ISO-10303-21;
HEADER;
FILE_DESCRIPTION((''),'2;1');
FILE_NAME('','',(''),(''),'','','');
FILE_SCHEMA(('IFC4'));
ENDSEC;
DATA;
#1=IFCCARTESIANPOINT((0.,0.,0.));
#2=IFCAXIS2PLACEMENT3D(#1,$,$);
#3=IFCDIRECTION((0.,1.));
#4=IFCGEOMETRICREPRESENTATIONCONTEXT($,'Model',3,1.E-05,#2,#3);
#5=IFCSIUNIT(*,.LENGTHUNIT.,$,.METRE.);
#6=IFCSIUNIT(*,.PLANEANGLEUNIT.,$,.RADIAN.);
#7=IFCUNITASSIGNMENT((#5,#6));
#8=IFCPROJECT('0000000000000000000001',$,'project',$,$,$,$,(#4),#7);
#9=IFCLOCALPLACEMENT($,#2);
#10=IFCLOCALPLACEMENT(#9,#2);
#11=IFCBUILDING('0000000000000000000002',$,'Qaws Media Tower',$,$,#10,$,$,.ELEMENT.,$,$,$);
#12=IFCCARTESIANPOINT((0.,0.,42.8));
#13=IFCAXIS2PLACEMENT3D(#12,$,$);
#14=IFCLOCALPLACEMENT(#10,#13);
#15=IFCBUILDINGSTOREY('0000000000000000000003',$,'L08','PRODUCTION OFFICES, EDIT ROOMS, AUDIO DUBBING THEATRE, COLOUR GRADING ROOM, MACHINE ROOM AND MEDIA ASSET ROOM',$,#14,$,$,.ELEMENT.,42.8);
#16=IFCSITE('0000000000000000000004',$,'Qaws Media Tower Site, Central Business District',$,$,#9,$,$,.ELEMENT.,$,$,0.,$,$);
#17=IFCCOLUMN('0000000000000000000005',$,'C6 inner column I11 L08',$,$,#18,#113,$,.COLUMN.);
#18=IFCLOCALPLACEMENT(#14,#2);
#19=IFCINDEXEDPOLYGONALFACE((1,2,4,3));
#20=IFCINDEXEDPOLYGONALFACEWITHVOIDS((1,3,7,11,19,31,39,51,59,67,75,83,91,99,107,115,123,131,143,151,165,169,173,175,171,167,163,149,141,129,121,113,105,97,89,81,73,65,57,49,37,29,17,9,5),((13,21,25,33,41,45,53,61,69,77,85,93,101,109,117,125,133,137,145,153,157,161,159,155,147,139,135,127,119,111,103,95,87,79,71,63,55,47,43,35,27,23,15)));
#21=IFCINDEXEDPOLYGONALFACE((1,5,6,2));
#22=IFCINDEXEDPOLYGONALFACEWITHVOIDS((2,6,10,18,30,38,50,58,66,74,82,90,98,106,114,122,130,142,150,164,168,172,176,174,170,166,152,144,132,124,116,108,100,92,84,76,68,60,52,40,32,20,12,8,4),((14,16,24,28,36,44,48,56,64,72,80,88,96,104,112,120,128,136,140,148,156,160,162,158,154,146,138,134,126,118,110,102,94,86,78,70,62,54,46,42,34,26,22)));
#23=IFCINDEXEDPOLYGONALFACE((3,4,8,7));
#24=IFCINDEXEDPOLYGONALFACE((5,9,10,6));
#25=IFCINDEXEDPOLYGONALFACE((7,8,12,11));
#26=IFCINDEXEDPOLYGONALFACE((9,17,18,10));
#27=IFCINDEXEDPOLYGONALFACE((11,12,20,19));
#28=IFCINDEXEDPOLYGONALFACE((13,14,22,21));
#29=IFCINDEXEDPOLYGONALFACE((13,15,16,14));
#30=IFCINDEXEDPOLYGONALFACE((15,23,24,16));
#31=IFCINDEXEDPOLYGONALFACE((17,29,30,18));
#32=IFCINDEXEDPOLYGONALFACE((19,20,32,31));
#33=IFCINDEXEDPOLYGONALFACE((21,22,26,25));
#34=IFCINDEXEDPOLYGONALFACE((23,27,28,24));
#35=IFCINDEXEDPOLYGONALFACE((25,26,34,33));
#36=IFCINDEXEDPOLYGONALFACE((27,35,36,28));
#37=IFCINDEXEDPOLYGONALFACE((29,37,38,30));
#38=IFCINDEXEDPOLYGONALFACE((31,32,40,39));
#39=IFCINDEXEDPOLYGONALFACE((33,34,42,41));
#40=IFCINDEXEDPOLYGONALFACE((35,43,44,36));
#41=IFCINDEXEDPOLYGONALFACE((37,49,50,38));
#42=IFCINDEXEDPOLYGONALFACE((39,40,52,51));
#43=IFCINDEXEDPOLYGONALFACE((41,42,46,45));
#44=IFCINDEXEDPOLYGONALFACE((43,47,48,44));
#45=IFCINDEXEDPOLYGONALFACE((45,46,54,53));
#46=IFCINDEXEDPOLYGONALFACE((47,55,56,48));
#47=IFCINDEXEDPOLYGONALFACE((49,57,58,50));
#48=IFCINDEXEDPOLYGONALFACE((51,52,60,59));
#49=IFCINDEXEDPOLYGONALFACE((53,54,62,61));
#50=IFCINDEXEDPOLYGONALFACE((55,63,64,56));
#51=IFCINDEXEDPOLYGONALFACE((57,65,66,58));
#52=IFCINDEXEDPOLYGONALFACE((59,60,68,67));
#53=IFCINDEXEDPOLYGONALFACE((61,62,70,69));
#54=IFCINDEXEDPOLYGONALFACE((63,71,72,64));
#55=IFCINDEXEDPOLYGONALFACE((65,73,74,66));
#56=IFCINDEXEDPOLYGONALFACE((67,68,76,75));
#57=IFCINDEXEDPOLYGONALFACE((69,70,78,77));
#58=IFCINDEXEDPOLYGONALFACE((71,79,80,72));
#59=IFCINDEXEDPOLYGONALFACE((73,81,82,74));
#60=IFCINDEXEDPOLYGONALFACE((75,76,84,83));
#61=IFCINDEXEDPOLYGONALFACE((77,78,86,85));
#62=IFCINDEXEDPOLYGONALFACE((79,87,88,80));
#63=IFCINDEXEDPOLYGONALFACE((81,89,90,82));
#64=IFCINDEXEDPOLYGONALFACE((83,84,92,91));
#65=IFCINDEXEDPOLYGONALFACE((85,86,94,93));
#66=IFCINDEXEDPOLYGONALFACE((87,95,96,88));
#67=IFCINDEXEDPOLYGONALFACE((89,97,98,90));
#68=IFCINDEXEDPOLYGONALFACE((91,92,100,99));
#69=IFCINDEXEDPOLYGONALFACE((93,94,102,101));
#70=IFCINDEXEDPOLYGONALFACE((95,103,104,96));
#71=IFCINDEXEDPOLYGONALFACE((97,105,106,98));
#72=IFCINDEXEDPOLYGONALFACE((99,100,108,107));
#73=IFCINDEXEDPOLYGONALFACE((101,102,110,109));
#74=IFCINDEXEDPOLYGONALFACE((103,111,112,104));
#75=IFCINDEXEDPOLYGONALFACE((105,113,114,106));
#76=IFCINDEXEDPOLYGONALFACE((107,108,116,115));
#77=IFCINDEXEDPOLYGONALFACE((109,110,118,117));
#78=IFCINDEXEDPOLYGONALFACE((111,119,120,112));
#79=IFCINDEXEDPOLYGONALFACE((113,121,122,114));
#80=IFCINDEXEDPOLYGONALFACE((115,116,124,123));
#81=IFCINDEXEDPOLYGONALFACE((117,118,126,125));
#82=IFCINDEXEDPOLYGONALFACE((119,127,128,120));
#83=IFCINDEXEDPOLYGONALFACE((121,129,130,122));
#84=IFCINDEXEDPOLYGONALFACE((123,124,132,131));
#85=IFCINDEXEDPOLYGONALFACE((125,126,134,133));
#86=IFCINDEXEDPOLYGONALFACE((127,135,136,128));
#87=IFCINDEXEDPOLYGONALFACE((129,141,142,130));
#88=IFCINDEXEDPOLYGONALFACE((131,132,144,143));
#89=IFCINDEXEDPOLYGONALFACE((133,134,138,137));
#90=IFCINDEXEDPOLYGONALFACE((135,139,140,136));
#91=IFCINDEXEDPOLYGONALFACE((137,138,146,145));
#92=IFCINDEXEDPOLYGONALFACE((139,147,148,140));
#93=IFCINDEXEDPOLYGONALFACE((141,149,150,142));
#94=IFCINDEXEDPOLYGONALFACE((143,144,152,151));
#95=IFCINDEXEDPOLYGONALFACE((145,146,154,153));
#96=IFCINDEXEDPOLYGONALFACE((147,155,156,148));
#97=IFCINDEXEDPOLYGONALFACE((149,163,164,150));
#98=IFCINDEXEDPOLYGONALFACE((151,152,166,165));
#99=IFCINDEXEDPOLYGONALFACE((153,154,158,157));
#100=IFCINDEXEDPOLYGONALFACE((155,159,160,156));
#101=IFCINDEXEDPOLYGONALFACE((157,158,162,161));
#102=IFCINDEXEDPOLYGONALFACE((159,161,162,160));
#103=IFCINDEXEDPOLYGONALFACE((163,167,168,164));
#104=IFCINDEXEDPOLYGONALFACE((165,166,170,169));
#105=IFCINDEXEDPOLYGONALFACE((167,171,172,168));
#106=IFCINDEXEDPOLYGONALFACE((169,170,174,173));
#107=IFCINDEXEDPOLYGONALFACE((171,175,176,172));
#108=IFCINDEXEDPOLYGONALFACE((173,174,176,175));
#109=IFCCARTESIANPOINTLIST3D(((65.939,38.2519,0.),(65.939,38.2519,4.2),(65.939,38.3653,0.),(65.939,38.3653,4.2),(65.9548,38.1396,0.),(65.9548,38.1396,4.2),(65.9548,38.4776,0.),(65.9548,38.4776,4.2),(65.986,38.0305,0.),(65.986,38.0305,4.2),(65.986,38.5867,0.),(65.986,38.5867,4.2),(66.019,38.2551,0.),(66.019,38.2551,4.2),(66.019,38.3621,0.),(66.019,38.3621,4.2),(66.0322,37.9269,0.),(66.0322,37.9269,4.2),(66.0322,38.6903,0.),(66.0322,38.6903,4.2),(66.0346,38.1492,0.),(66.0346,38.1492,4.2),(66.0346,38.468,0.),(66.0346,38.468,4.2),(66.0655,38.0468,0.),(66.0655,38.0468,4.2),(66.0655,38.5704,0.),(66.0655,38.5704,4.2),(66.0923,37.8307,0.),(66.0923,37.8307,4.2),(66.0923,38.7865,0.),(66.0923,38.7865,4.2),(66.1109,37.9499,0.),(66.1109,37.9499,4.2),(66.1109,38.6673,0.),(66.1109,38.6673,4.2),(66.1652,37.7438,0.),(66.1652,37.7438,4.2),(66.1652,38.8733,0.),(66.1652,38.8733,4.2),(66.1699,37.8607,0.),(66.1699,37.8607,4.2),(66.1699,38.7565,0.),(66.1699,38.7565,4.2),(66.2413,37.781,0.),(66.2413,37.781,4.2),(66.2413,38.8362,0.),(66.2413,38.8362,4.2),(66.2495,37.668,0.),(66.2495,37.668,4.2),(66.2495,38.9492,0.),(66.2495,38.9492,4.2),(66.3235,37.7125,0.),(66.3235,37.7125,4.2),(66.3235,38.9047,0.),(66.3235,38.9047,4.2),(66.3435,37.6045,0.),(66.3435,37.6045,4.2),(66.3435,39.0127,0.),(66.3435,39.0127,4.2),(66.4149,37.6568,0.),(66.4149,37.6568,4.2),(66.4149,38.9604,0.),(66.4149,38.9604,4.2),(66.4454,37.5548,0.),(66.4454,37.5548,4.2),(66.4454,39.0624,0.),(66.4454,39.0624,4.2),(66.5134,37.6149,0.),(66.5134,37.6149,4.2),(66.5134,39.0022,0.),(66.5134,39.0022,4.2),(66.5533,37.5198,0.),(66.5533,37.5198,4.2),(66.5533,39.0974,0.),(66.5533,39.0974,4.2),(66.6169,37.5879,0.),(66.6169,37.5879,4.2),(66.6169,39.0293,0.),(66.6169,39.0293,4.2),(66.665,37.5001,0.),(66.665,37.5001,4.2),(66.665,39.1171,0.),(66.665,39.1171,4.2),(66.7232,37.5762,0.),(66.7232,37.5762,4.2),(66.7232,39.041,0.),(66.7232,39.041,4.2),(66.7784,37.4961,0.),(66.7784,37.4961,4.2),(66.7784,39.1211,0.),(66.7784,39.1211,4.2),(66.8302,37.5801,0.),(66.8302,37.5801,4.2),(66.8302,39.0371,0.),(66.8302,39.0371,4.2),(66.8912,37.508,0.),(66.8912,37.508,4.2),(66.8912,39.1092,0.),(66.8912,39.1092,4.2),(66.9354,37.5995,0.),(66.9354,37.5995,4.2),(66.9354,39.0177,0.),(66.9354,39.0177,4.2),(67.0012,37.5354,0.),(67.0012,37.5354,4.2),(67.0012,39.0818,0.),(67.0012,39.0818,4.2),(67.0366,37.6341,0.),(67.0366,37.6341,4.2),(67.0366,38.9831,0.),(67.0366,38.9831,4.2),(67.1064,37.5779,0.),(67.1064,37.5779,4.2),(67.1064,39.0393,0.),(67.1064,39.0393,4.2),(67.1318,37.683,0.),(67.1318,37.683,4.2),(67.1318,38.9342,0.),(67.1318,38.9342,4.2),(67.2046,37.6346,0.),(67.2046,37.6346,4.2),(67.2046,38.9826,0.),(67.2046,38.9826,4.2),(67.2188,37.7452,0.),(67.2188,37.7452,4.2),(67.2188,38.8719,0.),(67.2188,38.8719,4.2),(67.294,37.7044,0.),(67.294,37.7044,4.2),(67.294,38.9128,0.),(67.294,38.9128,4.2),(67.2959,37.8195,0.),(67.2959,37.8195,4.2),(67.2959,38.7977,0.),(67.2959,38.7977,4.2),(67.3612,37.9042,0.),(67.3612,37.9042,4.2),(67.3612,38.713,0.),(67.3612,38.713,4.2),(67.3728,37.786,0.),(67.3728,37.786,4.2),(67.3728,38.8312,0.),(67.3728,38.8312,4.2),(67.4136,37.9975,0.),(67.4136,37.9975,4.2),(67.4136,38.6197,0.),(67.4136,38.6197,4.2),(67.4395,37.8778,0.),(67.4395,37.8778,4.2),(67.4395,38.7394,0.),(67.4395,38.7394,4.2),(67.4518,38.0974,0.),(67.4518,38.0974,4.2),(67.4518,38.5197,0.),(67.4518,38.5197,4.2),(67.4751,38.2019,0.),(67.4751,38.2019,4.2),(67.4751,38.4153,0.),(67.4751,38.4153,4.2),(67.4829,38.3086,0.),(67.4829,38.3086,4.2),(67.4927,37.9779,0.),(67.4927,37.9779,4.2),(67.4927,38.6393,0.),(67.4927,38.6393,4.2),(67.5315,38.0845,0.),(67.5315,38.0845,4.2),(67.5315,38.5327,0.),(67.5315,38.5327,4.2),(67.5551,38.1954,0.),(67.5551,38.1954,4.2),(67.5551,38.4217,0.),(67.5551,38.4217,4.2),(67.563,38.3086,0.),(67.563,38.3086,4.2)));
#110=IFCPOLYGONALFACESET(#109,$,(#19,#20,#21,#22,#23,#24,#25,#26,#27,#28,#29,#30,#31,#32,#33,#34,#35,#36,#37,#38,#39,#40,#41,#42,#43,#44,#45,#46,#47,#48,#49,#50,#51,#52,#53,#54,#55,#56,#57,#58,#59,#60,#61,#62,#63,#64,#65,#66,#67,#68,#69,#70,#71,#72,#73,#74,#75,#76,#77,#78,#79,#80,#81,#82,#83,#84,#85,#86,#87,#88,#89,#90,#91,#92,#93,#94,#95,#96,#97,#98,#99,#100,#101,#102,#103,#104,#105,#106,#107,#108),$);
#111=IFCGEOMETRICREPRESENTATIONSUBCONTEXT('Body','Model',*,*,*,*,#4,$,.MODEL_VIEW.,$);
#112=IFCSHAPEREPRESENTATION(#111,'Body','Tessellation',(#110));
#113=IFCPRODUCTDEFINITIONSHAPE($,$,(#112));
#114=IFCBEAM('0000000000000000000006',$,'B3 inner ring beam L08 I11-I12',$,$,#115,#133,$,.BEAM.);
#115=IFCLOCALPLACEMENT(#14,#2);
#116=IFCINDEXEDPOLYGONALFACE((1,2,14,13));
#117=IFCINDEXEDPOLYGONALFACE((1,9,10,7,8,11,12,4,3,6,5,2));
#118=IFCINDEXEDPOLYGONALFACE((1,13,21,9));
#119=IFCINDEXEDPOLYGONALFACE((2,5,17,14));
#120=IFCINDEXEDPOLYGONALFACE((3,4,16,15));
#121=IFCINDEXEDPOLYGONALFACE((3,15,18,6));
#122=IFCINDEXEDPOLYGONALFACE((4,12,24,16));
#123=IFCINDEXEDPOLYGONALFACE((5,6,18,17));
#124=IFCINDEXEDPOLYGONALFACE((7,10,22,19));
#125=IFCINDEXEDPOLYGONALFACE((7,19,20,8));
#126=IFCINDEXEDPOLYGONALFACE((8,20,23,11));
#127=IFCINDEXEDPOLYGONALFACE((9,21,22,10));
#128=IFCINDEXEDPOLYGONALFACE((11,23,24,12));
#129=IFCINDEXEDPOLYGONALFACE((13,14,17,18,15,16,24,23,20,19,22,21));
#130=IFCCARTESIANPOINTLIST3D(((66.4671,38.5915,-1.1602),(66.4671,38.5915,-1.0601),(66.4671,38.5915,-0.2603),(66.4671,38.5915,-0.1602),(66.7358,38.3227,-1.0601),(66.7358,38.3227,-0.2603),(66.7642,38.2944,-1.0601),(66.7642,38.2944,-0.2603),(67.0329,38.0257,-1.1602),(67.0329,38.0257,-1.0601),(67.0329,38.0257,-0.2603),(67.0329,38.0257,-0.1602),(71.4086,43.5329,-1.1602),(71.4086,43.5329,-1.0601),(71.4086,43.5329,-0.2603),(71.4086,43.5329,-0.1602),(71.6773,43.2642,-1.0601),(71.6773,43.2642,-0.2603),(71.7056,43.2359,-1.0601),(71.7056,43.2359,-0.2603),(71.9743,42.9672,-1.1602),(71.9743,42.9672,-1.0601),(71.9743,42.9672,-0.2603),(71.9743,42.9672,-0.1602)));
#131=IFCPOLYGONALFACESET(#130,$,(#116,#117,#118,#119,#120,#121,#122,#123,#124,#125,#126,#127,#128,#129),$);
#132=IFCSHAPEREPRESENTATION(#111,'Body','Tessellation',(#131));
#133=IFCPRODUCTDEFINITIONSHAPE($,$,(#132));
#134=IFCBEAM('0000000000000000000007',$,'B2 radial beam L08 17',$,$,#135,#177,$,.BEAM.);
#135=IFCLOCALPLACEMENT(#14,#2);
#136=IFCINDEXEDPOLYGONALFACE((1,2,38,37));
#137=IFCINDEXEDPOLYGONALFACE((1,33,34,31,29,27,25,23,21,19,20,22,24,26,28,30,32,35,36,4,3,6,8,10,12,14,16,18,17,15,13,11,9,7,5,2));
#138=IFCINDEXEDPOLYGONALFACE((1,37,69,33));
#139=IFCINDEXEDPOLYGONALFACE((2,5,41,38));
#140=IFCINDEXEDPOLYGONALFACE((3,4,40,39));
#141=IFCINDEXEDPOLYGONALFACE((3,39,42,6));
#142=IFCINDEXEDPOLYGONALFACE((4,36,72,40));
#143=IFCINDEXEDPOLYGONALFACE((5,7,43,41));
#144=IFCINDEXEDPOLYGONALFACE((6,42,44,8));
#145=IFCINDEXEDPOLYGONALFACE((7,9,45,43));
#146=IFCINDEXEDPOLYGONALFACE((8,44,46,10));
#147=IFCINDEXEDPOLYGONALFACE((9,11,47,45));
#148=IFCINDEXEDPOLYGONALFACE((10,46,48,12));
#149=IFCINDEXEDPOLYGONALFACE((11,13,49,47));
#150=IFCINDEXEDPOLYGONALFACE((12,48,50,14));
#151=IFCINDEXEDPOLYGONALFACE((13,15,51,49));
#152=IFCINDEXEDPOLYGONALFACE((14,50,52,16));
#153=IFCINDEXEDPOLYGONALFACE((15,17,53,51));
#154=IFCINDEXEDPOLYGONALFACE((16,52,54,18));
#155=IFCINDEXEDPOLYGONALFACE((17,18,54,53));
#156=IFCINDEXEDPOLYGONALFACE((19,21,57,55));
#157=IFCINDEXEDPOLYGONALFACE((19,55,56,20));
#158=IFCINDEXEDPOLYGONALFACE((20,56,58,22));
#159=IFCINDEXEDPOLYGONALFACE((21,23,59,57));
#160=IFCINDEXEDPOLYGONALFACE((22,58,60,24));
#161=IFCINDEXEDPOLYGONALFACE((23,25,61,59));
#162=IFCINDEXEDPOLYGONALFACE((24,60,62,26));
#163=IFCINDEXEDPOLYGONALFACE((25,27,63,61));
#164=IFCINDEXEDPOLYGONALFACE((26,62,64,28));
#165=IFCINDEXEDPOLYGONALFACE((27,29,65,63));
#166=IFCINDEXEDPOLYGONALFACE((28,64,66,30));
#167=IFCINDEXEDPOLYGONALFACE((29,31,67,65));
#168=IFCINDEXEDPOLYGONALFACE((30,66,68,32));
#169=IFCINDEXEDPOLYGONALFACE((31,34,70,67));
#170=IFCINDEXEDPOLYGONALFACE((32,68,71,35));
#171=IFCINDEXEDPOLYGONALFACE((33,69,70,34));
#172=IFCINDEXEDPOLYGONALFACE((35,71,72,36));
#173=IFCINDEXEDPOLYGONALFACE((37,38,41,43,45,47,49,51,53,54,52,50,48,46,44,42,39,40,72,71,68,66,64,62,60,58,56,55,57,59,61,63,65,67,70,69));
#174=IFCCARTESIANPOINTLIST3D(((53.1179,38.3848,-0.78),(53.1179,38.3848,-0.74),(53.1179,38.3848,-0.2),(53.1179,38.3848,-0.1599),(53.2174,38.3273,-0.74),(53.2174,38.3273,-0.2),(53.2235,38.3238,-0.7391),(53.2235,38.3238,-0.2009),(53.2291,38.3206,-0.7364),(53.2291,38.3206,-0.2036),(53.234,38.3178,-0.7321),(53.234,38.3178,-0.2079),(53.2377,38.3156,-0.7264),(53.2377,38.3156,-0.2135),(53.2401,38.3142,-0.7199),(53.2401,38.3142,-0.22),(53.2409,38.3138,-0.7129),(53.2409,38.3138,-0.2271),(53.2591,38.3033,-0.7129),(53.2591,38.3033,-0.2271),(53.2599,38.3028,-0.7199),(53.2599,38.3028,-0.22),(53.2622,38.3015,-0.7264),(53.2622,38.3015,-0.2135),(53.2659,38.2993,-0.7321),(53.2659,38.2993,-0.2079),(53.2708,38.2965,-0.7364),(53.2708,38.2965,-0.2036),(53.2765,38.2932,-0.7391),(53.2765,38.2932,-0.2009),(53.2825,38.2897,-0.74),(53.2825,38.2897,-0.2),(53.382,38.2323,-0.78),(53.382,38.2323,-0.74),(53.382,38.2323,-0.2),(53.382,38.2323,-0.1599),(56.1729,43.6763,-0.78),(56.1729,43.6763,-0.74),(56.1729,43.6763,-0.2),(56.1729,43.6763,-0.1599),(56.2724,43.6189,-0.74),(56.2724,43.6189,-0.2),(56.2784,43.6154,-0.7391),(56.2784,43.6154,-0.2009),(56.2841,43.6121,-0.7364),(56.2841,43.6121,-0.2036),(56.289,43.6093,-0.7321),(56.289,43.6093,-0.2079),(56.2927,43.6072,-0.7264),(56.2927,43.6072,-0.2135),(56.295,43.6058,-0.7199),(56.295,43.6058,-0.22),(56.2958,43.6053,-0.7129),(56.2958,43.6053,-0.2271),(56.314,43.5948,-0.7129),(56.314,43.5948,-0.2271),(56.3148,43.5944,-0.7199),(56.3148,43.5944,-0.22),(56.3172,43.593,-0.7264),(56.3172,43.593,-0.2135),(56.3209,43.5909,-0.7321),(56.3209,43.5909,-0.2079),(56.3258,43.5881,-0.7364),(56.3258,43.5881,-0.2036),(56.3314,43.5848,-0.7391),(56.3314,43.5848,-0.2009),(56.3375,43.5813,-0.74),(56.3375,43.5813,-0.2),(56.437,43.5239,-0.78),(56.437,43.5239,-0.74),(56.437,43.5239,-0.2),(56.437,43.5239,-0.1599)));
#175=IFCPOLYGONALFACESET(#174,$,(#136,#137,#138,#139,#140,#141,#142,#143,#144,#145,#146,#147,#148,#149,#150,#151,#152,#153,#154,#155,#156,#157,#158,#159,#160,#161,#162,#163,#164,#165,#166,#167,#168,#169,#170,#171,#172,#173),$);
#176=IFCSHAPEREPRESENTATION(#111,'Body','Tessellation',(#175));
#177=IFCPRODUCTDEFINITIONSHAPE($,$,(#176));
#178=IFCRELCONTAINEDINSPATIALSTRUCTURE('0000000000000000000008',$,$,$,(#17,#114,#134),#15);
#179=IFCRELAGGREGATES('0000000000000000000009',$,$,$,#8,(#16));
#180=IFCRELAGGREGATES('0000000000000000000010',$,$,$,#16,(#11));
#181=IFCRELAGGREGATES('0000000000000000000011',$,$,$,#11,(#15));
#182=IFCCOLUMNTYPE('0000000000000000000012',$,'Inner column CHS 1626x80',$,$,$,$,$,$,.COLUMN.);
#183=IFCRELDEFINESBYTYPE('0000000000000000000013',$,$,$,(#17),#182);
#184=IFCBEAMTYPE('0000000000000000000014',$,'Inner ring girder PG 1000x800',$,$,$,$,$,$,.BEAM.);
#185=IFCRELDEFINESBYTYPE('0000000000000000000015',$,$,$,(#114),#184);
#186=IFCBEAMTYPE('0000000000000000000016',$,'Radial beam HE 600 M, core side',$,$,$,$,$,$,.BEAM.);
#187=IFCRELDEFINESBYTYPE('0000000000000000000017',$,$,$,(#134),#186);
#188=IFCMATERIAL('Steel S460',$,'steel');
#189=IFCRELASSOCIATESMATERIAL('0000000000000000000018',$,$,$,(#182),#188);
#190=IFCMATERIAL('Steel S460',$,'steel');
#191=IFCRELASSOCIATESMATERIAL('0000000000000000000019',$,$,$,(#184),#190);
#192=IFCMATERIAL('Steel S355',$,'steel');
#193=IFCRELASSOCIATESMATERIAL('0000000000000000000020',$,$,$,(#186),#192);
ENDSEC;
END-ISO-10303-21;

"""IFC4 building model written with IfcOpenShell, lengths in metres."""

from ifc_helpers import new_model, si_unit, direction, frame, origin, origin_2d, place, context, subcontext, project, spatial, hollow_circle, i_section, extrude, material, material_profile, profile_set, type_object, element, save


model = new_model("IFC4")

# Units and contexts
model_context = context("Model", 3, precision=1e-05, world=origin(), true_north=direction((0.0, 1.0)))
body_context = subcontext(model_context, "Body", "Model", "MODEL_VIEW")
ifc_project = project(units=[si_unit("LENGTHUNIT", "METRE"), si_unit("PLANEANGLEUNIT", "RADIAN")], contexts=[model_context])

# Site, building, storey
site_placement = place(None, origin())
site = spatial("IfcSite", under=ifc_project, at=site_placement, Name="Qaws Media Tower Site, Central Business District", CompositionType="ELEMENT", RefElevation=0.0)
building_placement = place(site_placement, origin())
building = spatial("IfcBuilding", under=site, at=building_placement, Name="Qaws Media Tower", CompositionType="ELEMENT")
storey_placement = place(building_placement, frame((0.0, 0.0, 42.8)))
storey = spatial("IfcBuildingStorey", under=building, at=storey_placement, Name="L08", Description="PRODUCTION OFFICES, EDIT ROOMS, AUDIO DUBBING THEATRE, COLOUR GRADING ROOM, MACHINE ROOM AND MEDIA ASSET ROOM", CompositionType="ELEMENT", Elevation=42.8)

# Column
ifc_material_1 = material(Name="Steel S460", Category="steel")
ifc_material_profile_1 = material_profile(ifc_material_1, hollow_circle(Radius=0.813, WallThickness=0.0801, at=origin_2d()), Name="CHS 1626x80")
ifc_profile_set_1 = profile_set([ifc_material_profile_1], Name="Steel S460")
column_type = type_object("IfcColumnType", Name="Inner column CHS 1626x80", PredefinedType="COLUMN", material=ifc_profile_set_1)
column_placement = place(storey_placement, frame((66.75, 38.3086, 0.0), z_axis=(0.0, 0.0, 1.0), x_axis=(1.0, 0.0, 0.0)))
element("IfcColumn", 1, at=column_placement, inside=storey, type_object=column_type, Name="C6 inner column I11 L08", PredefinedType="COLUMN", context=body_context, shape_type="SweptSolid", body=[
    extrude(hollow_circle(Radius=0.813, WallThickness=0.0801, at=origin_2d()), origin(), (0.0, 0.0, 1.0), 4.2),
])

# Beams
ifc_material_2 = material(Name="Steel S460", Category="steel")
ifc_material_profile_2 = material_profile(ifc_material_2, i_section(OverallWidth=0.8, OverallDepth=1.0, WebThickness=0.04, FlangeThickness=0.1001, at=origin_2d()), Name="PG 1000x800")
ifc_profile_set_2 = profile_set([ifc_material_profile_2], Name="Steel S460")
beam_type_1 = type_object("IfcBeamType", Name="Inner ring girder PG 1000x800", PredefinedType="BEAM", material=ifc_profile_set_2)
beam_1_placement = place(storey_placement, frame((66.75, 38.3086, -0.6602), z_axis=(0.707107, 0.707107, 0.0), x_axis=(-0.707107, 0.707107, 0.0)))
element("IfcBeam", 2, at=beam_1_placement, inside=storey, type_object=beam_type_1, Name="B3 inner ring beam L08 I11-I12", PredefinedType="BEAM", context=body_context, shape_type="SweptSolid", body=[
    extrude(i_section(OverallWidth=0.8, OverallDepth=1.0, WebThickness=0.04, FlangeThickness=0.1001, at=origin_2d()), origin(), (0.0, 0.0, 1.0), 6.9883),
])
ifc_material_3 = material(Name="Steel S355", Category="steel")
ifc_material_profile_3 = material_profile(ifc_material_3, i_section(OverallWidth=0.3049, OverallDepth=0.6201, WebThickness=0.021, FlangeThickness=0.04, FilletRadius=0.0271, at=origin_2d()), Name="HE 600 M")
ifc_profile_set_3 = profile_set([ifc_material_profile_3], Name="Steel S355")
beam_type_2 = type_object("IfcBeamType", Name="Radial beam HE 600 M, core side", PredefinedType="BEAM", material=ifc_profile_set_3)
beam_2_placement = place(storey_placement, frame((56.3049, 43.6001, -0.47), z_axis=(-0.499985, -0.866034, 0.0), x_axis=(0.866034, -0.499985, 0.0)))
element("IfcBeam", 3, at=beam_2_placement, inside=storey, type_object=beam_type_2, Name="B2 radial beam L08 17", PredefinedType="BEAM", context=body_context, shape_type="SweptSolid", body=[
    extrude(i_section(OverallWidth=0.3049, OverallDepth=0.6201, WebThickness=0.021, FlangeThickness=0.04, FilletRadius=0.0271, at=origin_2d()), origin(), (0.0, 0.0, 1.0), 6.1101),
])

save(model, "model.ifc")
